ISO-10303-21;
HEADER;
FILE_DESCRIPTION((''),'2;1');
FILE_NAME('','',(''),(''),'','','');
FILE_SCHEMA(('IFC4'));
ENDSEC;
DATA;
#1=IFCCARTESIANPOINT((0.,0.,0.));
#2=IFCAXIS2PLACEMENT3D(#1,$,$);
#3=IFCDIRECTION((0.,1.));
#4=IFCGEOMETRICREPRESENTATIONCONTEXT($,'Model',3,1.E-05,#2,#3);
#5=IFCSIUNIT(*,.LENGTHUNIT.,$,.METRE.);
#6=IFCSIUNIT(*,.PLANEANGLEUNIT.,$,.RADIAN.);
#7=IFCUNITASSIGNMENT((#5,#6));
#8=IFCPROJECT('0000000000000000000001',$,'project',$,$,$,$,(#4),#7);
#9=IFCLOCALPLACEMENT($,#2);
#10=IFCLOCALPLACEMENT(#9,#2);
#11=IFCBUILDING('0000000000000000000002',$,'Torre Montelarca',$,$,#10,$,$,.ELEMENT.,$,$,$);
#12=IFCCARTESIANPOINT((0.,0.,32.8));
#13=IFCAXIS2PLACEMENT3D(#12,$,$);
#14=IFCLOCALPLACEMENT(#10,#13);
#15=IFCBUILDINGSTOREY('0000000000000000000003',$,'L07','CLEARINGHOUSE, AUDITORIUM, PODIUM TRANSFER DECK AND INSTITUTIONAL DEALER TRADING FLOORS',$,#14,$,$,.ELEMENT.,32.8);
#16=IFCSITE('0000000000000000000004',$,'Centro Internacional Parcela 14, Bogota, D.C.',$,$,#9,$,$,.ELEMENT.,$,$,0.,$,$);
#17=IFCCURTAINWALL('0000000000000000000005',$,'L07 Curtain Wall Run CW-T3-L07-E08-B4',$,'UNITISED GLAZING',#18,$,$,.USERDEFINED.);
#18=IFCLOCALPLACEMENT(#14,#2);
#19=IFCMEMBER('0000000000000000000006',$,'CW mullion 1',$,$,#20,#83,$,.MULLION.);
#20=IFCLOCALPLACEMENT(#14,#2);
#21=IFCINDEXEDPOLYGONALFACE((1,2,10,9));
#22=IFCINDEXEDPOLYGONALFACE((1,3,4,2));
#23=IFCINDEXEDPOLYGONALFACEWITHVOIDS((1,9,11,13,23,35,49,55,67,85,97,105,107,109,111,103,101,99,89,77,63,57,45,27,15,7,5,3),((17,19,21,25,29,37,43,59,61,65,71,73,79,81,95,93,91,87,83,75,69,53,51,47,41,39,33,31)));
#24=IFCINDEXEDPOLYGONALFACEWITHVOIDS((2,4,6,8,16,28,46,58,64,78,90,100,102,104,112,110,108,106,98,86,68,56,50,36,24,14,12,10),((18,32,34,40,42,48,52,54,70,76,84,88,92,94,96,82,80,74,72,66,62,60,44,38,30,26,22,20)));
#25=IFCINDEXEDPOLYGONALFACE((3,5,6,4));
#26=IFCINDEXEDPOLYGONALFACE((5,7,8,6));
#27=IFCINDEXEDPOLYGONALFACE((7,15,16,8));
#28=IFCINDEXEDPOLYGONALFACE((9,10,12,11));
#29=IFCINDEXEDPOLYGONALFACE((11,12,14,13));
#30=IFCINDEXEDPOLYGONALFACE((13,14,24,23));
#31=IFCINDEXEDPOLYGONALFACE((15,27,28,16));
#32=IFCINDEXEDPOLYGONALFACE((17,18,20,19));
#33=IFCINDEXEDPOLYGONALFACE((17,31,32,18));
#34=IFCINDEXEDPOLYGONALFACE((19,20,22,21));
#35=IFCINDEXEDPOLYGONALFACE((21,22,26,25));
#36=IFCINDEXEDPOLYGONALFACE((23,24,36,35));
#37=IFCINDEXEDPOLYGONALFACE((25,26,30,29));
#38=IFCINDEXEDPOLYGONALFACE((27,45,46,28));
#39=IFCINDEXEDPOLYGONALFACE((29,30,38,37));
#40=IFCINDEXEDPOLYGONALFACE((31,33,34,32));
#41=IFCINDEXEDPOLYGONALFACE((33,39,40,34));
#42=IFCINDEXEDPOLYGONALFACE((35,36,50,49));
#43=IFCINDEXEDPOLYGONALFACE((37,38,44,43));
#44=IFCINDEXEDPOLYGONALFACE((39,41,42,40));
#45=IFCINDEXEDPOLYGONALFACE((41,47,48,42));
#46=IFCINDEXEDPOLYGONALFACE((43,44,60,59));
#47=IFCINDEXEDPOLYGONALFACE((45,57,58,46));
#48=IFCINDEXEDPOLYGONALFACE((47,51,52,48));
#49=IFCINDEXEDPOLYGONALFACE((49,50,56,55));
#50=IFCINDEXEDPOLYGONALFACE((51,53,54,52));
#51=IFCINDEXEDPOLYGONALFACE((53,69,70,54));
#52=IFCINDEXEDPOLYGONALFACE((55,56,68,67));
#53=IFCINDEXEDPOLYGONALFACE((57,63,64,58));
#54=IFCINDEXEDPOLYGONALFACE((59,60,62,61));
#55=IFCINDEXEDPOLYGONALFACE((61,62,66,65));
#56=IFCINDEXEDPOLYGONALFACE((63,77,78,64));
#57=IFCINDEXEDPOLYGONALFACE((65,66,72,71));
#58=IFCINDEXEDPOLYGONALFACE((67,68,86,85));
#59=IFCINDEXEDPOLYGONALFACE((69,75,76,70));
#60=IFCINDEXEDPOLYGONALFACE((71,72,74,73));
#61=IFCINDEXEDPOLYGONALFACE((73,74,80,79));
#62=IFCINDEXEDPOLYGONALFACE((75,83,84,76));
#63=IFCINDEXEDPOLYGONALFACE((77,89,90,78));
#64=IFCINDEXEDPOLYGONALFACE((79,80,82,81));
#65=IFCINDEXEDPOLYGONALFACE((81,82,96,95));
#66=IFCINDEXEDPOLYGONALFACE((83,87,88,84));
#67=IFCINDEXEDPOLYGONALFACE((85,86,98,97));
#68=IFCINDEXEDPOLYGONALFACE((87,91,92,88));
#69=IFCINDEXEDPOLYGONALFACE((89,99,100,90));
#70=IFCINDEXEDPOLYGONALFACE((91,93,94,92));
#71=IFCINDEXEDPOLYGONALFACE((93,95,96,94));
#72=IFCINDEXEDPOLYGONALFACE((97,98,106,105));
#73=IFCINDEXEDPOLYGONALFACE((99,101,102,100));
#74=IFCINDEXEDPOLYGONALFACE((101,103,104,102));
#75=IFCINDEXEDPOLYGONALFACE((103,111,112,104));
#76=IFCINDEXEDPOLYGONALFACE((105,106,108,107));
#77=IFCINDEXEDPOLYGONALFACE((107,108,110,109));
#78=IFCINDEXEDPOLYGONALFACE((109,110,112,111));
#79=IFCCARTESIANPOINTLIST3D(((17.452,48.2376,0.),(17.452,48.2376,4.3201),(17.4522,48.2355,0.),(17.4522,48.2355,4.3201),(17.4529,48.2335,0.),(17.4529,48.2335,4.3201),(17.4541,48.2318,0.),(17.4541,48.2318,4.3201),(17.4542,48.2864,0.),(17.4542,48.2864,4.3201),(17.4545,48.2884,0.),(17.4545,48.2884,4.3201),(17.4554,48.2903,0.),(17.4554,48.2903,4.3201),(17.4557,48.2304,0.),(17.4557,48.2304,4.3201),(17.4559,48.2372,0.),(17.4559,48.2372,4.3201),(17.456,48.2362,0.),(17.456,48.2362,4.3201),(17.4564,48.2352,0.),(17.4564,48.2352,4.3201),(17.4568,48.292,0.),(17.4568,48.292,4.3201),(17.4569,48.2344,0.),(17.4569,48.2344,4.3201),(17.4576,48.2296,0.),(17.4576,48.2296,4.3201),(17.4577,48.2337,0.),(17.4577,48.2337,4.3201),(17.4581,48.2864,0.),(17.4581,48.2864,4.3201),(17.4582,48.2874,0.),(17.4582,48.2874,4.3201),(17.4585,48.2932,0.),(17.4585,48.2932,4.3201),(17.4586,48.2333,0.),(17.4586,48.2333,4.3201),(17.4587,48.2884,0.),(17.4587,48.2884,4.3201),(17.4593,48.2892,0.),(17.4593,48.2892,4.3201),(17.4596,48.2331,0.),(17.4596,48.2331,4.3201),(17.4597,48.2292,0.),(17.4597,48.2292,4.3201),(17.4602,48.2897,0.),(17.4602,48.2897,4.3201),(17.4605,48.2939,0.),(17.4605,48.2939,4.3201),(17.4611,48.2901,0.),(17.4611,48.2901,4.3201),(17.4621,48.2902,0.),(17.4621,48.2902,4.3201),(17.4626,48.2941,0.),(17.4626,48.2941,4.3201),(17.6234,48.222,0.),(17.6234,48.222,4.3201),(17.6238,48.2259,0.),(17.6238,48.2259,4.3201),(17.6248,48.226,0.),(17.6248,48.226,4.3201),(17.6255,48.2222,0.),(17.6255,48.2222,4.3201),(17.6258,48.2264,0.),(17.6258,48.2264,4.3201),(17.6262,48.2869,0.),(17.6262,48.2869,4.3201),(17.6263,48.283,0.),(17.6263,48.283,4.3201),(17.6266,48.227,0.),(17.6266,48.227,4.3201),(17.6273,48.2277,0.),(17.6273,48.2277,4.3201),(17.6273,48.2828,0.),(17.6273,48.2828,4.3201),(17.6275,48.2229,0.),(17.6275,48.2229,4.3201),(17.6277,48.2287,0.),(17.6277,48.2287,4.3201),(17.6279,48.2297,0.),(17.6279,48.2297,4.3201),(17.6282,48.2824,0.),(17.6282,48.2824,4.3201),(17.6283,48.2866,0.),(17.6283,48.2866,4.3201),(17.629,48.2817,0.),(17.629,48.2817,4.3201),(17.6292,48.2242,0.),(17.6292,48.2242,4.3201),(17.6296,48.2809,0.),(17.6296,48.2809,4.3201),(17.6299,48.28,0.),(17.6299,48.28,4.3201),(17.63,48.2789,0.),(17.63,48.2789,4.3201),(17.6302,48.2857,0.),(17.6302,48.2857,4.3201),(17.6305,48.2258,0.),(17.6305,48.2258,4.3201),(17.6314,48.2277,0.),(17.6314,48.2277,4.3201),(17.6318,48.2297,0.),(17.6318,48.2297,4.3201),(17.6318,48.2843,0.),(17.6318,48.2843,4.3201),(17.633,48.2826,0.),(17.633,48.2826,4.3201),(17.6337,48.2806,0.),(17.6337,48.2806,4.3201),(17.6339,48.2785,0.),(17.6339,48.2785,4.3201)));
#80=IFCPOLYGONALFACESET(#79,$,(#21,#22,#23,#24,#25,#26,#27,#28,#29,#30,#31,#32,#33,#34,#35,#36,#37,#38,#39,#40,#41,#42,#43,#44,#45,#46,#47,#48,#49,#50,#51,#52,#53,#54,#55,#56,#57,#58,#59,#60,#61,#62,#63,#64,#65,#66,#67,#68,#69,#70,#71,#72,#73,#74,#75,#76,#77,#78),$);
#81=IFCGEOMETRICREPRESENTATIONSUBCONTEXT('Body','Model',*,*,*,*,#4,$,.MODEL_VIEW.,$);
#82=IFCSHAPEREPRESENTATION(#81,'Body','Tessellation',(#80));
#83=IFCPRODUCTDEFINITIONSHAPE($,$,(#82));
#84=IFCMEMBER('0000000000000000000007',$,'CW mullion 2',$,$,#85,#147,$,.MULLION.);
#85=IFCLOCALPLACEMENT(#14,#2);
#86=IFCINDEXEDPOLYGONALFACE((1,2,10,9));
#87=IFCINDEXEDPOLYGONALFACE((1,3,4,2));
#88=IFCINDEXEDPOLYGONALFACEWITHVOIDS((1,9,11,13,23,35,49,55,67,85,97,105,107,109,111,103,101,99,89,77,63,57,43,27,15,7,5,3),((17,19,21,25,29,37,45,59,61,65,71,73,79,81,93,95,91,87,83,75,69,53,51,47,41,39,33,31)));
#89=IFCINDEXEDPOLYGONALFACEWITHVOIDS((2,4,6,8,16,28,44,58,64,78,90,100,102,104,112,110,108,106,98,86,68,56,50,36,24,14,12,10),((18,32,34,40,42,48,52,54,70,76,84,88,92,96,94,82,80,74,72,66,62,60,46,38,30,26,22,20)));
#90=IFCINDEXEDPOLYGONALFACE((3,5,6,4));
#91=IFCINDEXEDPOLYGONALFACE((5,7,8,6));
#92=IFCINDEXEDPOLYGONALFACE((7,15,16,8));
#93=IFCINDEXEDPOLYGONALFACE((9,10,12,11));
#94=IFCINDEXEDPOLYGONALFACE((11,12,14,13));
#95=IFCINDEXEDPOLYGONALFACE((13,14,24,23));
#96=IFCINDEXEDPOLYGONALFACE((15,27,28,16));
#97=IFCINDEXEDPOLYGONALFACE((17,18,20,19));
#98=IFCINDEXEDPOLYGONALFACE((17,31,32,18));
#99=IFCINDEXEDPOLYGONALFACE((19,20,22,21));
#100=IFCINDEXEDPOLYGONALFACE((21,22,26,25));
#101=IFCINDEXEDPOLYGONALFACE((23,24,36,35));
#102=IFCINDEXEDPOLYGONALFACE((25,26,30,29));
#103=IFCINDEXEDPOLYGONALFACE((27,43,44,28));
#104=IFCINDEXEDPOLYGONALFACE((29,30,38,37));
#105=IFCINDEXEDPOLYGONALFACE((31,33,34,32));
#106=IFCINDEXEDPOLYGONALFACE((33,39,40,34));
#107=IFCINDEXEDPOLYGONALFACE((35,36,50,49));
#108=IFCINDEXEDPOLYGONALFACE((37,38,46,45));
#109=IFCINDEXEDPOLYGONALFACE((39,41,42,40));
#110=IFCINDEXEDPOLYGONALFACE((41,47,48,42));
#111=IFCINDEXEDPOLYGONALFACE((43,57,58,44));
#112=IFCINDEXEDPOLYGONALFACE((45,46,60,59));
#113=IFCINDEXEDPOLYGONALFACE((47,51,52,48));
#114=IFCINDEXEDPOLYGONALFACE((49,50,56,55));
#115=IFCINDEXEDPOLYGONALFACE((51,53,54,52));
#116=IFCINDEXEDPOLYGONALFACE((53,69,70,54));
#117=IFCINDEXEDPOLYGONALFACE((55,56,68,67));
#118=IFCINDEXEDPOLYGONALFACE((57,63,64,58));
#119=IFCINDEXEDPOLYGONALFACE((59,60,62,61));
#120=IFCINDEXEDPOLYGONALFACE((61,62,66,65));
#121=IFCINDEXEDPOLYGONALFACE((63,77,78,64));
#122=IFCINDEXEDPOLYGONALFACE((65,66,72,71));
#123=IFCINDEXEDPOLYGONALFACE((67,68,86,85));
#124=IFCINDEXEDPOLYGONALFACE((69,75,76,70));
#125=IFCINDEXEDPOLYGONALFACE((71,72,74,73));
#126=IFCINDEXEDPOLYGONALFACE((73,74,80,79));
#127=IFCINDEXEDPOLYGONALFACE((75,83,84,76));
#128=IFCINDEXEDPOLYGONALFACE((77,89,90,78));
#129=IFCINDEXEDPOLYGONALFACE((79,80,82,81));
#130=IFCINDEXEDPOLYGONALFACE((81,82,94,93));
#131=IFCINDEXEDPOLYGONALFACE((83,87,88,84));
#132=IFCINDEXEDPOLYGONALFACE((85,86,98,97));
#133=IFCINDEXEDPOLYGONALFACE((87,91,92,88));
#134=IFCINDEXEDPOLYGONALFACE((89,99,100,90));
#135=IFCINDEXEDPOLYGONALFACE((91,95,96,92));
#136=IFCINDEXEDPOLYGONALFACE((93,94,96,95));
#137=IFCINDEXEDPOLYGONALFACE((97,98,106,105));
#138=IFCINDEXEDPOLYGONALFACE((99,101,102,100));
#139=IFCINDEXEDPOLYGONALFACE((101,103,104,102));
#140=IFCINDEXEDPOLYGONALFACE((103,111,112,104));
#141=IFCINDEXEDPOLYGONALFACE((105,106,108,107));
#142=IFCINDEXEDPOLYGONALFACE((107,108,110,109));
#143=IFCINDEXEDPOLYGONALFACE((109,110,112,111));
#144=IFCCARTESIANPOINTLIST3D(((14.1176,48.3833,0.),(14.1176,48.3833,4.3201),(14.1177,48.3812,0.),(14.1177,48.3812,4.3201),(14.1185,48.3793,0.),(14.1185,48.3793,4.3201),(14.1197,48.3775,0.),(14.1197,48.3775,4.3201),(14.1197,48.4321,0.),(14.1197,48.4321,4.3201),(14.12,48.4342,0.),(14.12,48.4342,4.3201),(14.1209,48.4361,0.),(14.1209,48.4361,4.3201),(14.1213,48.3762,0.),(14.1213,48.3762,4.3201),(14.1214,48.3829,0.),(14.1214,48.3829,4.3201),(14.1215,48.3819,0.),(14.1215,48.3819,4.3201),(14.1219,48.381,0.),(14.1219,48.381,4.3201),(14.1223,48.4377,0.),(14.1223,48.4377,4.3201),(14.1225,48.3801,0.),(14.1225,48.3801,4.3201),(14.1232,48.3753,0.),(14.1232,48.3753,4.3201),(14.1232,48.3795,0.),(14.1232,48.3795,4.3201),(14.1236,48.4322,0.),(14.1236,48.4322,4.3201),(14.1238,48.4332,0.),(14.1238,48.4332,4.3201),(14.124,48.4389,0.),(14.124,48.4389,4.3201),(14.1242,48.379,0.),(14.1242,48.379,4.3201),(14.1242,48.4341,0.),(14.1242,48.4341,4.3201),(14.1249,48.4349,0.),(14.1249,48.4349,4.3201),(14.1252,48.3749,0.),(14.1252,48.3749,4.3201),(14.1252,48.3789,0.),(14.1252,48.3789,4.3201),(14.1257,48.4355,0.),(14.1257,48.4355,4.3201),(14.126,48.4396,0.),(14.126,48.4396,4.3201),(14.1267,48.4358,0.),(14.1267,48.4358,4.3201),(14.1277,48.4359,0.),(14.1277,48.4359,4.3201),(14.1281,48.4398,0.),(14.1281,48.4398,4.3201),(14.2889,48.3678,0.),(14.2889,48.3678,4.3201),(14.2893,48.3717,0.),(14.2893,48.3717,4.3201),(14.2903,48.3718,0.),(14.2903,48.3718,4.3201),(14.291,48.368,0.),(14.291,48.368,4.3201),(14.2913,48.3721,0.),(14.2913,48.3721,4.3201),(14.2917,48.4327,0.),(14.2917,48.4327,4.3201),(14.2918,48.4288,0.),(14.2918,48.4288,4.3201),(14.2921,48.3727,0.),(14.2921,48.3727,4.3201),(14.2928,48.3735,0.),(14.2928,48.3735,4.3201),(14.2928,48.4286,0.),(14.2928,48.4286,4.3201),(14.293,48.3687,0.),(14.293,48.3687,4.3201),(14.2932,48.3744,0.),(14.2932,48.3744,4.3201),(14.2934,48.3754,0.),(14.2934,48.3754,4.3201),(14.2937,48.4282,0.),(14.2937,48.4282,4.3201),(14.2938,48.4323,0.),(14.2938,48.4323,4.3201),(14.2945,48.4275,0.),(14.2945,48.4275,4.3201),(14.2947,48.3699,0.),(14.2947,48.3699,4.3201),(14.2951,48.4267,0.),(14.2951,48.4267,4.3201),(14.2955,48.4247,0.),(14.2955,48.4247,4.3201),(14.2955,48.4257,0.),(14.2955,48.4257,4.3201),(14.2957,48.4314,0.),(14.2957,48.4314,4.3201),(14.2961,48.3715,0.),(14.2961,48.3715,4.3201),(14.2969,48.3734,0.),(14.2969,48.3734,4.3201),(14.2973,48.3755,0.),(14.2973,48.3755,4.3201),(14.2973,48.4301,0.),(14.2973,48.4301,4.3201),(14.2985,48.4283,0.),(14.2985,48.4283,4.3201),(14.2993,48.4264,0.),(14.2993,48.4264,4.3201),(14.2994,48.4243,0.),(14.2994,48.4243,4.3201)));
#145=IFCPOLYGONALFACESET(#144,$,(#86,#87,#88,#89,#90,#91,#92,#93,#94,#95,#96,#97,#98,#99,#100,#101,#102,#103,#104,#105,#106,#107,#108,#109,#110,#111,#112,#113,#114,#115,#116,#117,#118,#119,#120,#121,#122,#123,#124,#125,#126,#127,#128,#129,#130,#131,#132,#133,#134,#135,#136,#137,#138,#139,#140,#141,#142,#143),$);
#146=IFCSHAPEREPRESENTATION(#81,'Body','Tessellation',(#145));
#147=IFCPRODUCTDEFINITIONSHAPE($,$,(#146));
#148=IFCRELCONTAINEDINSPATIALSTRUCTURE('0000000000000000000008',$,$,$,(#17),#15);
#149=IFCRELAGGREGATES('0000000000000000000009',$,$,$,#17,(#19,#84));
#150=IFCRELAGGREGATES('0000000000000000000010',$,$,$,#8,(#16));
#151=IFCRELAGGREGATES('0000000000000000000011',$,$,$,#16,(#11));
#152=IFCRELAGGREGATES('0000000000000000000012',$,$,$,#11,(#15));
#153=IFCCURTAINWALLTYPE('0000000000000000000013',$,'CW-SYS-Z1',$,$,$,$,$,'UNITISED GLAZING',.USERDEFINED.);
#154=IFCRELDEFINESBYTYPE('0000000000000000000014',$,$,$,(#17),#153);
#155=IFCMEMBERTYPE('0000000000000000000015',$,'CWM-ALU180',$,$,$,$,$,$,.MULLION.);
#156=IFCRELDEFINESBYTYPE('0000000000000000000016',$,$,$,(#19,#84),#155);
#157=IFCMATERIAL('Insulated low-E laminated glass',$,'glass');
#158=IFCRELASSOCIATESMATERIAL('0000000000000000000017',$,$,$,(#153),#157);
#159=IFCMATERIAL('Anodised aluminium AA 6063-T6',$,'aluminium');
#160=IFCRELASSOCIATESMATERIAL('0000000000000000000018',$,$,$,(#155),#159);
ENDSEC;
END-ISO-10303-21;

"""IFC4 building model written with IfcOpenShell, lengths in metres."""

from ifc_helpers import new_model, si_unit, direction, frame, origin, origin_2d, place, context, subcontext, project, spatial, hollow_rectangle, extrude, source, transform, mapped, material, material_profile, profile_set, type_object, element, aggregate, save


model = new_model("IFC4")

# Units and contexts
model_context = context("Model", 3, precision=1e-05, world=origin(), true_north=direction((0.0, 1.0)))
body_context = subcontext(model_context, "Body", "Model", "MODEL_VIEW")
ifc_project = project(units=[si_unit("LENGTHUNIT", "METRE"), si_unit("PLANEANGLEUNIT", "RADIAN")], contexts=[model_context])

# Site, building, storey
site_placement = place(None, origin())
site = spatial("IfcSite", under=ifc_project, at=site_placement, Name="Centro Internacional Parcela 14, Bogota, D.C.", CompositionType="ELEMENT", RefElevation=0.0)
building_placement = place(site_placement, origin())
building = spatial("IfcBuilding", under=site, at=building_placement, Name="Torre Montelarca", CompositionType="ELEMENT")
storey_placement = place(building_placement, frame((0.0, 0.0, 32.8)))
storey = spatial("IfcBuildingStorey", under=building, at=storey_placement, Name="L07", Description="CLEARINGHOUSE, AUDITORIUM, PODIUM TRANSFER DECK AND INSTITUTIONAL DEALER TRADING FLOORS", CompositionType="ELEMENT", Elevation=32.8)

# Curtain wall, members
ifc_material_1 = material(Name="Insulated low-E laminated glass", Category="glass")
curtain_wall_type = type_object("IfcCurtainWallType", Name="CW-SYS-Z1", ElementType="UNITISED GLAZING", PredefinedType="USERDEFINED", material=ifc_material_1)
ifc_material_2 = material(Name="Anodised aluminium AA 6063-T6", Category="aluminium")
ifc_material_profile_1 = material_profile(ifc_material_2, hollow_rectangle(XDim=0.0649, YDim=0.1799, WallThickness=0.0039, InnerFilletRadius=0.0039, OuterFilletRadius=0.0081, at=origin_2d()), Name="ALU65X180X4", Category="aluminium")
ifc_profile_set_1 = profile_set([ifc_material_profile_1], Name="Anodised aluminium AA 6063-T6")
member_type_1 = type_object("IfcMemberType", Name="CWM-ALU180", PredefinedType="MULLION", material=ifc_profile_set_1)
shared_shape_1 = source(origin(), body_context, "Body", "SweptSolid", [
    extrude(hollow_rectangle(XDim=0.0649, YDim=0.1799, WallThickness=0.0039, InnerFilletRadius=0.0039, OuterFilletRadius=0.0081, at=origin_2d()), origin(), (0.0, 0.0, 1.0), 4.3201),
])
curtain_wall_1_placement = place(storey_placement, origin())
curtain_wall_1 = element("IfcCurtainWall", 1, at=curtain_wall_1_placement, inside=storey, type_object=curtain_wall_type, Name="L07 Curtain Wall Run CW-T3-L07-E08-B4", ObjectType="UNITISED GLAZING", PredefinedType="USERDEFINED")
member_1_placement = place(storey_placement, frame((17.543, 48.2581, 0.0), z_axis=(0.0, 0.0, 1.0), x_axis=(-0.04362, -0.999048, 0.0)))
member_1 = element("IfcMember", 2, at=member_1_placement, type_object=member_type_1, Name="CW mullion 1", PredefinedType="MULLION", context=body_context, shape_type="MappedRepresentation", body=[
    mapped(shared_shape_1, transform((0.0, 0.0, 0.0), scale=1.0)),
])
member_2_placement = place(storey_placement, frame((14.2085, 48.4038, 0.0), z_axis=(0.0, 0.0, 1.0), x_axis=(-0.04362, -0.999048, 0.0)))
member_2 = element("IfcMember", 3, at=member_2_placement, type_object=member_type_1, Name="CW mullion 2", PredefinedType="MULLION", context=body_context, shape_type="MappedRepresentation", body=[
    mapped(shared_shape_1, transform((0.0, 0.0, 0.0), scale=1.0)),
])

aggregate(curtain_wall_1, [member_1, member_2])

save(model, "model.ifc")
